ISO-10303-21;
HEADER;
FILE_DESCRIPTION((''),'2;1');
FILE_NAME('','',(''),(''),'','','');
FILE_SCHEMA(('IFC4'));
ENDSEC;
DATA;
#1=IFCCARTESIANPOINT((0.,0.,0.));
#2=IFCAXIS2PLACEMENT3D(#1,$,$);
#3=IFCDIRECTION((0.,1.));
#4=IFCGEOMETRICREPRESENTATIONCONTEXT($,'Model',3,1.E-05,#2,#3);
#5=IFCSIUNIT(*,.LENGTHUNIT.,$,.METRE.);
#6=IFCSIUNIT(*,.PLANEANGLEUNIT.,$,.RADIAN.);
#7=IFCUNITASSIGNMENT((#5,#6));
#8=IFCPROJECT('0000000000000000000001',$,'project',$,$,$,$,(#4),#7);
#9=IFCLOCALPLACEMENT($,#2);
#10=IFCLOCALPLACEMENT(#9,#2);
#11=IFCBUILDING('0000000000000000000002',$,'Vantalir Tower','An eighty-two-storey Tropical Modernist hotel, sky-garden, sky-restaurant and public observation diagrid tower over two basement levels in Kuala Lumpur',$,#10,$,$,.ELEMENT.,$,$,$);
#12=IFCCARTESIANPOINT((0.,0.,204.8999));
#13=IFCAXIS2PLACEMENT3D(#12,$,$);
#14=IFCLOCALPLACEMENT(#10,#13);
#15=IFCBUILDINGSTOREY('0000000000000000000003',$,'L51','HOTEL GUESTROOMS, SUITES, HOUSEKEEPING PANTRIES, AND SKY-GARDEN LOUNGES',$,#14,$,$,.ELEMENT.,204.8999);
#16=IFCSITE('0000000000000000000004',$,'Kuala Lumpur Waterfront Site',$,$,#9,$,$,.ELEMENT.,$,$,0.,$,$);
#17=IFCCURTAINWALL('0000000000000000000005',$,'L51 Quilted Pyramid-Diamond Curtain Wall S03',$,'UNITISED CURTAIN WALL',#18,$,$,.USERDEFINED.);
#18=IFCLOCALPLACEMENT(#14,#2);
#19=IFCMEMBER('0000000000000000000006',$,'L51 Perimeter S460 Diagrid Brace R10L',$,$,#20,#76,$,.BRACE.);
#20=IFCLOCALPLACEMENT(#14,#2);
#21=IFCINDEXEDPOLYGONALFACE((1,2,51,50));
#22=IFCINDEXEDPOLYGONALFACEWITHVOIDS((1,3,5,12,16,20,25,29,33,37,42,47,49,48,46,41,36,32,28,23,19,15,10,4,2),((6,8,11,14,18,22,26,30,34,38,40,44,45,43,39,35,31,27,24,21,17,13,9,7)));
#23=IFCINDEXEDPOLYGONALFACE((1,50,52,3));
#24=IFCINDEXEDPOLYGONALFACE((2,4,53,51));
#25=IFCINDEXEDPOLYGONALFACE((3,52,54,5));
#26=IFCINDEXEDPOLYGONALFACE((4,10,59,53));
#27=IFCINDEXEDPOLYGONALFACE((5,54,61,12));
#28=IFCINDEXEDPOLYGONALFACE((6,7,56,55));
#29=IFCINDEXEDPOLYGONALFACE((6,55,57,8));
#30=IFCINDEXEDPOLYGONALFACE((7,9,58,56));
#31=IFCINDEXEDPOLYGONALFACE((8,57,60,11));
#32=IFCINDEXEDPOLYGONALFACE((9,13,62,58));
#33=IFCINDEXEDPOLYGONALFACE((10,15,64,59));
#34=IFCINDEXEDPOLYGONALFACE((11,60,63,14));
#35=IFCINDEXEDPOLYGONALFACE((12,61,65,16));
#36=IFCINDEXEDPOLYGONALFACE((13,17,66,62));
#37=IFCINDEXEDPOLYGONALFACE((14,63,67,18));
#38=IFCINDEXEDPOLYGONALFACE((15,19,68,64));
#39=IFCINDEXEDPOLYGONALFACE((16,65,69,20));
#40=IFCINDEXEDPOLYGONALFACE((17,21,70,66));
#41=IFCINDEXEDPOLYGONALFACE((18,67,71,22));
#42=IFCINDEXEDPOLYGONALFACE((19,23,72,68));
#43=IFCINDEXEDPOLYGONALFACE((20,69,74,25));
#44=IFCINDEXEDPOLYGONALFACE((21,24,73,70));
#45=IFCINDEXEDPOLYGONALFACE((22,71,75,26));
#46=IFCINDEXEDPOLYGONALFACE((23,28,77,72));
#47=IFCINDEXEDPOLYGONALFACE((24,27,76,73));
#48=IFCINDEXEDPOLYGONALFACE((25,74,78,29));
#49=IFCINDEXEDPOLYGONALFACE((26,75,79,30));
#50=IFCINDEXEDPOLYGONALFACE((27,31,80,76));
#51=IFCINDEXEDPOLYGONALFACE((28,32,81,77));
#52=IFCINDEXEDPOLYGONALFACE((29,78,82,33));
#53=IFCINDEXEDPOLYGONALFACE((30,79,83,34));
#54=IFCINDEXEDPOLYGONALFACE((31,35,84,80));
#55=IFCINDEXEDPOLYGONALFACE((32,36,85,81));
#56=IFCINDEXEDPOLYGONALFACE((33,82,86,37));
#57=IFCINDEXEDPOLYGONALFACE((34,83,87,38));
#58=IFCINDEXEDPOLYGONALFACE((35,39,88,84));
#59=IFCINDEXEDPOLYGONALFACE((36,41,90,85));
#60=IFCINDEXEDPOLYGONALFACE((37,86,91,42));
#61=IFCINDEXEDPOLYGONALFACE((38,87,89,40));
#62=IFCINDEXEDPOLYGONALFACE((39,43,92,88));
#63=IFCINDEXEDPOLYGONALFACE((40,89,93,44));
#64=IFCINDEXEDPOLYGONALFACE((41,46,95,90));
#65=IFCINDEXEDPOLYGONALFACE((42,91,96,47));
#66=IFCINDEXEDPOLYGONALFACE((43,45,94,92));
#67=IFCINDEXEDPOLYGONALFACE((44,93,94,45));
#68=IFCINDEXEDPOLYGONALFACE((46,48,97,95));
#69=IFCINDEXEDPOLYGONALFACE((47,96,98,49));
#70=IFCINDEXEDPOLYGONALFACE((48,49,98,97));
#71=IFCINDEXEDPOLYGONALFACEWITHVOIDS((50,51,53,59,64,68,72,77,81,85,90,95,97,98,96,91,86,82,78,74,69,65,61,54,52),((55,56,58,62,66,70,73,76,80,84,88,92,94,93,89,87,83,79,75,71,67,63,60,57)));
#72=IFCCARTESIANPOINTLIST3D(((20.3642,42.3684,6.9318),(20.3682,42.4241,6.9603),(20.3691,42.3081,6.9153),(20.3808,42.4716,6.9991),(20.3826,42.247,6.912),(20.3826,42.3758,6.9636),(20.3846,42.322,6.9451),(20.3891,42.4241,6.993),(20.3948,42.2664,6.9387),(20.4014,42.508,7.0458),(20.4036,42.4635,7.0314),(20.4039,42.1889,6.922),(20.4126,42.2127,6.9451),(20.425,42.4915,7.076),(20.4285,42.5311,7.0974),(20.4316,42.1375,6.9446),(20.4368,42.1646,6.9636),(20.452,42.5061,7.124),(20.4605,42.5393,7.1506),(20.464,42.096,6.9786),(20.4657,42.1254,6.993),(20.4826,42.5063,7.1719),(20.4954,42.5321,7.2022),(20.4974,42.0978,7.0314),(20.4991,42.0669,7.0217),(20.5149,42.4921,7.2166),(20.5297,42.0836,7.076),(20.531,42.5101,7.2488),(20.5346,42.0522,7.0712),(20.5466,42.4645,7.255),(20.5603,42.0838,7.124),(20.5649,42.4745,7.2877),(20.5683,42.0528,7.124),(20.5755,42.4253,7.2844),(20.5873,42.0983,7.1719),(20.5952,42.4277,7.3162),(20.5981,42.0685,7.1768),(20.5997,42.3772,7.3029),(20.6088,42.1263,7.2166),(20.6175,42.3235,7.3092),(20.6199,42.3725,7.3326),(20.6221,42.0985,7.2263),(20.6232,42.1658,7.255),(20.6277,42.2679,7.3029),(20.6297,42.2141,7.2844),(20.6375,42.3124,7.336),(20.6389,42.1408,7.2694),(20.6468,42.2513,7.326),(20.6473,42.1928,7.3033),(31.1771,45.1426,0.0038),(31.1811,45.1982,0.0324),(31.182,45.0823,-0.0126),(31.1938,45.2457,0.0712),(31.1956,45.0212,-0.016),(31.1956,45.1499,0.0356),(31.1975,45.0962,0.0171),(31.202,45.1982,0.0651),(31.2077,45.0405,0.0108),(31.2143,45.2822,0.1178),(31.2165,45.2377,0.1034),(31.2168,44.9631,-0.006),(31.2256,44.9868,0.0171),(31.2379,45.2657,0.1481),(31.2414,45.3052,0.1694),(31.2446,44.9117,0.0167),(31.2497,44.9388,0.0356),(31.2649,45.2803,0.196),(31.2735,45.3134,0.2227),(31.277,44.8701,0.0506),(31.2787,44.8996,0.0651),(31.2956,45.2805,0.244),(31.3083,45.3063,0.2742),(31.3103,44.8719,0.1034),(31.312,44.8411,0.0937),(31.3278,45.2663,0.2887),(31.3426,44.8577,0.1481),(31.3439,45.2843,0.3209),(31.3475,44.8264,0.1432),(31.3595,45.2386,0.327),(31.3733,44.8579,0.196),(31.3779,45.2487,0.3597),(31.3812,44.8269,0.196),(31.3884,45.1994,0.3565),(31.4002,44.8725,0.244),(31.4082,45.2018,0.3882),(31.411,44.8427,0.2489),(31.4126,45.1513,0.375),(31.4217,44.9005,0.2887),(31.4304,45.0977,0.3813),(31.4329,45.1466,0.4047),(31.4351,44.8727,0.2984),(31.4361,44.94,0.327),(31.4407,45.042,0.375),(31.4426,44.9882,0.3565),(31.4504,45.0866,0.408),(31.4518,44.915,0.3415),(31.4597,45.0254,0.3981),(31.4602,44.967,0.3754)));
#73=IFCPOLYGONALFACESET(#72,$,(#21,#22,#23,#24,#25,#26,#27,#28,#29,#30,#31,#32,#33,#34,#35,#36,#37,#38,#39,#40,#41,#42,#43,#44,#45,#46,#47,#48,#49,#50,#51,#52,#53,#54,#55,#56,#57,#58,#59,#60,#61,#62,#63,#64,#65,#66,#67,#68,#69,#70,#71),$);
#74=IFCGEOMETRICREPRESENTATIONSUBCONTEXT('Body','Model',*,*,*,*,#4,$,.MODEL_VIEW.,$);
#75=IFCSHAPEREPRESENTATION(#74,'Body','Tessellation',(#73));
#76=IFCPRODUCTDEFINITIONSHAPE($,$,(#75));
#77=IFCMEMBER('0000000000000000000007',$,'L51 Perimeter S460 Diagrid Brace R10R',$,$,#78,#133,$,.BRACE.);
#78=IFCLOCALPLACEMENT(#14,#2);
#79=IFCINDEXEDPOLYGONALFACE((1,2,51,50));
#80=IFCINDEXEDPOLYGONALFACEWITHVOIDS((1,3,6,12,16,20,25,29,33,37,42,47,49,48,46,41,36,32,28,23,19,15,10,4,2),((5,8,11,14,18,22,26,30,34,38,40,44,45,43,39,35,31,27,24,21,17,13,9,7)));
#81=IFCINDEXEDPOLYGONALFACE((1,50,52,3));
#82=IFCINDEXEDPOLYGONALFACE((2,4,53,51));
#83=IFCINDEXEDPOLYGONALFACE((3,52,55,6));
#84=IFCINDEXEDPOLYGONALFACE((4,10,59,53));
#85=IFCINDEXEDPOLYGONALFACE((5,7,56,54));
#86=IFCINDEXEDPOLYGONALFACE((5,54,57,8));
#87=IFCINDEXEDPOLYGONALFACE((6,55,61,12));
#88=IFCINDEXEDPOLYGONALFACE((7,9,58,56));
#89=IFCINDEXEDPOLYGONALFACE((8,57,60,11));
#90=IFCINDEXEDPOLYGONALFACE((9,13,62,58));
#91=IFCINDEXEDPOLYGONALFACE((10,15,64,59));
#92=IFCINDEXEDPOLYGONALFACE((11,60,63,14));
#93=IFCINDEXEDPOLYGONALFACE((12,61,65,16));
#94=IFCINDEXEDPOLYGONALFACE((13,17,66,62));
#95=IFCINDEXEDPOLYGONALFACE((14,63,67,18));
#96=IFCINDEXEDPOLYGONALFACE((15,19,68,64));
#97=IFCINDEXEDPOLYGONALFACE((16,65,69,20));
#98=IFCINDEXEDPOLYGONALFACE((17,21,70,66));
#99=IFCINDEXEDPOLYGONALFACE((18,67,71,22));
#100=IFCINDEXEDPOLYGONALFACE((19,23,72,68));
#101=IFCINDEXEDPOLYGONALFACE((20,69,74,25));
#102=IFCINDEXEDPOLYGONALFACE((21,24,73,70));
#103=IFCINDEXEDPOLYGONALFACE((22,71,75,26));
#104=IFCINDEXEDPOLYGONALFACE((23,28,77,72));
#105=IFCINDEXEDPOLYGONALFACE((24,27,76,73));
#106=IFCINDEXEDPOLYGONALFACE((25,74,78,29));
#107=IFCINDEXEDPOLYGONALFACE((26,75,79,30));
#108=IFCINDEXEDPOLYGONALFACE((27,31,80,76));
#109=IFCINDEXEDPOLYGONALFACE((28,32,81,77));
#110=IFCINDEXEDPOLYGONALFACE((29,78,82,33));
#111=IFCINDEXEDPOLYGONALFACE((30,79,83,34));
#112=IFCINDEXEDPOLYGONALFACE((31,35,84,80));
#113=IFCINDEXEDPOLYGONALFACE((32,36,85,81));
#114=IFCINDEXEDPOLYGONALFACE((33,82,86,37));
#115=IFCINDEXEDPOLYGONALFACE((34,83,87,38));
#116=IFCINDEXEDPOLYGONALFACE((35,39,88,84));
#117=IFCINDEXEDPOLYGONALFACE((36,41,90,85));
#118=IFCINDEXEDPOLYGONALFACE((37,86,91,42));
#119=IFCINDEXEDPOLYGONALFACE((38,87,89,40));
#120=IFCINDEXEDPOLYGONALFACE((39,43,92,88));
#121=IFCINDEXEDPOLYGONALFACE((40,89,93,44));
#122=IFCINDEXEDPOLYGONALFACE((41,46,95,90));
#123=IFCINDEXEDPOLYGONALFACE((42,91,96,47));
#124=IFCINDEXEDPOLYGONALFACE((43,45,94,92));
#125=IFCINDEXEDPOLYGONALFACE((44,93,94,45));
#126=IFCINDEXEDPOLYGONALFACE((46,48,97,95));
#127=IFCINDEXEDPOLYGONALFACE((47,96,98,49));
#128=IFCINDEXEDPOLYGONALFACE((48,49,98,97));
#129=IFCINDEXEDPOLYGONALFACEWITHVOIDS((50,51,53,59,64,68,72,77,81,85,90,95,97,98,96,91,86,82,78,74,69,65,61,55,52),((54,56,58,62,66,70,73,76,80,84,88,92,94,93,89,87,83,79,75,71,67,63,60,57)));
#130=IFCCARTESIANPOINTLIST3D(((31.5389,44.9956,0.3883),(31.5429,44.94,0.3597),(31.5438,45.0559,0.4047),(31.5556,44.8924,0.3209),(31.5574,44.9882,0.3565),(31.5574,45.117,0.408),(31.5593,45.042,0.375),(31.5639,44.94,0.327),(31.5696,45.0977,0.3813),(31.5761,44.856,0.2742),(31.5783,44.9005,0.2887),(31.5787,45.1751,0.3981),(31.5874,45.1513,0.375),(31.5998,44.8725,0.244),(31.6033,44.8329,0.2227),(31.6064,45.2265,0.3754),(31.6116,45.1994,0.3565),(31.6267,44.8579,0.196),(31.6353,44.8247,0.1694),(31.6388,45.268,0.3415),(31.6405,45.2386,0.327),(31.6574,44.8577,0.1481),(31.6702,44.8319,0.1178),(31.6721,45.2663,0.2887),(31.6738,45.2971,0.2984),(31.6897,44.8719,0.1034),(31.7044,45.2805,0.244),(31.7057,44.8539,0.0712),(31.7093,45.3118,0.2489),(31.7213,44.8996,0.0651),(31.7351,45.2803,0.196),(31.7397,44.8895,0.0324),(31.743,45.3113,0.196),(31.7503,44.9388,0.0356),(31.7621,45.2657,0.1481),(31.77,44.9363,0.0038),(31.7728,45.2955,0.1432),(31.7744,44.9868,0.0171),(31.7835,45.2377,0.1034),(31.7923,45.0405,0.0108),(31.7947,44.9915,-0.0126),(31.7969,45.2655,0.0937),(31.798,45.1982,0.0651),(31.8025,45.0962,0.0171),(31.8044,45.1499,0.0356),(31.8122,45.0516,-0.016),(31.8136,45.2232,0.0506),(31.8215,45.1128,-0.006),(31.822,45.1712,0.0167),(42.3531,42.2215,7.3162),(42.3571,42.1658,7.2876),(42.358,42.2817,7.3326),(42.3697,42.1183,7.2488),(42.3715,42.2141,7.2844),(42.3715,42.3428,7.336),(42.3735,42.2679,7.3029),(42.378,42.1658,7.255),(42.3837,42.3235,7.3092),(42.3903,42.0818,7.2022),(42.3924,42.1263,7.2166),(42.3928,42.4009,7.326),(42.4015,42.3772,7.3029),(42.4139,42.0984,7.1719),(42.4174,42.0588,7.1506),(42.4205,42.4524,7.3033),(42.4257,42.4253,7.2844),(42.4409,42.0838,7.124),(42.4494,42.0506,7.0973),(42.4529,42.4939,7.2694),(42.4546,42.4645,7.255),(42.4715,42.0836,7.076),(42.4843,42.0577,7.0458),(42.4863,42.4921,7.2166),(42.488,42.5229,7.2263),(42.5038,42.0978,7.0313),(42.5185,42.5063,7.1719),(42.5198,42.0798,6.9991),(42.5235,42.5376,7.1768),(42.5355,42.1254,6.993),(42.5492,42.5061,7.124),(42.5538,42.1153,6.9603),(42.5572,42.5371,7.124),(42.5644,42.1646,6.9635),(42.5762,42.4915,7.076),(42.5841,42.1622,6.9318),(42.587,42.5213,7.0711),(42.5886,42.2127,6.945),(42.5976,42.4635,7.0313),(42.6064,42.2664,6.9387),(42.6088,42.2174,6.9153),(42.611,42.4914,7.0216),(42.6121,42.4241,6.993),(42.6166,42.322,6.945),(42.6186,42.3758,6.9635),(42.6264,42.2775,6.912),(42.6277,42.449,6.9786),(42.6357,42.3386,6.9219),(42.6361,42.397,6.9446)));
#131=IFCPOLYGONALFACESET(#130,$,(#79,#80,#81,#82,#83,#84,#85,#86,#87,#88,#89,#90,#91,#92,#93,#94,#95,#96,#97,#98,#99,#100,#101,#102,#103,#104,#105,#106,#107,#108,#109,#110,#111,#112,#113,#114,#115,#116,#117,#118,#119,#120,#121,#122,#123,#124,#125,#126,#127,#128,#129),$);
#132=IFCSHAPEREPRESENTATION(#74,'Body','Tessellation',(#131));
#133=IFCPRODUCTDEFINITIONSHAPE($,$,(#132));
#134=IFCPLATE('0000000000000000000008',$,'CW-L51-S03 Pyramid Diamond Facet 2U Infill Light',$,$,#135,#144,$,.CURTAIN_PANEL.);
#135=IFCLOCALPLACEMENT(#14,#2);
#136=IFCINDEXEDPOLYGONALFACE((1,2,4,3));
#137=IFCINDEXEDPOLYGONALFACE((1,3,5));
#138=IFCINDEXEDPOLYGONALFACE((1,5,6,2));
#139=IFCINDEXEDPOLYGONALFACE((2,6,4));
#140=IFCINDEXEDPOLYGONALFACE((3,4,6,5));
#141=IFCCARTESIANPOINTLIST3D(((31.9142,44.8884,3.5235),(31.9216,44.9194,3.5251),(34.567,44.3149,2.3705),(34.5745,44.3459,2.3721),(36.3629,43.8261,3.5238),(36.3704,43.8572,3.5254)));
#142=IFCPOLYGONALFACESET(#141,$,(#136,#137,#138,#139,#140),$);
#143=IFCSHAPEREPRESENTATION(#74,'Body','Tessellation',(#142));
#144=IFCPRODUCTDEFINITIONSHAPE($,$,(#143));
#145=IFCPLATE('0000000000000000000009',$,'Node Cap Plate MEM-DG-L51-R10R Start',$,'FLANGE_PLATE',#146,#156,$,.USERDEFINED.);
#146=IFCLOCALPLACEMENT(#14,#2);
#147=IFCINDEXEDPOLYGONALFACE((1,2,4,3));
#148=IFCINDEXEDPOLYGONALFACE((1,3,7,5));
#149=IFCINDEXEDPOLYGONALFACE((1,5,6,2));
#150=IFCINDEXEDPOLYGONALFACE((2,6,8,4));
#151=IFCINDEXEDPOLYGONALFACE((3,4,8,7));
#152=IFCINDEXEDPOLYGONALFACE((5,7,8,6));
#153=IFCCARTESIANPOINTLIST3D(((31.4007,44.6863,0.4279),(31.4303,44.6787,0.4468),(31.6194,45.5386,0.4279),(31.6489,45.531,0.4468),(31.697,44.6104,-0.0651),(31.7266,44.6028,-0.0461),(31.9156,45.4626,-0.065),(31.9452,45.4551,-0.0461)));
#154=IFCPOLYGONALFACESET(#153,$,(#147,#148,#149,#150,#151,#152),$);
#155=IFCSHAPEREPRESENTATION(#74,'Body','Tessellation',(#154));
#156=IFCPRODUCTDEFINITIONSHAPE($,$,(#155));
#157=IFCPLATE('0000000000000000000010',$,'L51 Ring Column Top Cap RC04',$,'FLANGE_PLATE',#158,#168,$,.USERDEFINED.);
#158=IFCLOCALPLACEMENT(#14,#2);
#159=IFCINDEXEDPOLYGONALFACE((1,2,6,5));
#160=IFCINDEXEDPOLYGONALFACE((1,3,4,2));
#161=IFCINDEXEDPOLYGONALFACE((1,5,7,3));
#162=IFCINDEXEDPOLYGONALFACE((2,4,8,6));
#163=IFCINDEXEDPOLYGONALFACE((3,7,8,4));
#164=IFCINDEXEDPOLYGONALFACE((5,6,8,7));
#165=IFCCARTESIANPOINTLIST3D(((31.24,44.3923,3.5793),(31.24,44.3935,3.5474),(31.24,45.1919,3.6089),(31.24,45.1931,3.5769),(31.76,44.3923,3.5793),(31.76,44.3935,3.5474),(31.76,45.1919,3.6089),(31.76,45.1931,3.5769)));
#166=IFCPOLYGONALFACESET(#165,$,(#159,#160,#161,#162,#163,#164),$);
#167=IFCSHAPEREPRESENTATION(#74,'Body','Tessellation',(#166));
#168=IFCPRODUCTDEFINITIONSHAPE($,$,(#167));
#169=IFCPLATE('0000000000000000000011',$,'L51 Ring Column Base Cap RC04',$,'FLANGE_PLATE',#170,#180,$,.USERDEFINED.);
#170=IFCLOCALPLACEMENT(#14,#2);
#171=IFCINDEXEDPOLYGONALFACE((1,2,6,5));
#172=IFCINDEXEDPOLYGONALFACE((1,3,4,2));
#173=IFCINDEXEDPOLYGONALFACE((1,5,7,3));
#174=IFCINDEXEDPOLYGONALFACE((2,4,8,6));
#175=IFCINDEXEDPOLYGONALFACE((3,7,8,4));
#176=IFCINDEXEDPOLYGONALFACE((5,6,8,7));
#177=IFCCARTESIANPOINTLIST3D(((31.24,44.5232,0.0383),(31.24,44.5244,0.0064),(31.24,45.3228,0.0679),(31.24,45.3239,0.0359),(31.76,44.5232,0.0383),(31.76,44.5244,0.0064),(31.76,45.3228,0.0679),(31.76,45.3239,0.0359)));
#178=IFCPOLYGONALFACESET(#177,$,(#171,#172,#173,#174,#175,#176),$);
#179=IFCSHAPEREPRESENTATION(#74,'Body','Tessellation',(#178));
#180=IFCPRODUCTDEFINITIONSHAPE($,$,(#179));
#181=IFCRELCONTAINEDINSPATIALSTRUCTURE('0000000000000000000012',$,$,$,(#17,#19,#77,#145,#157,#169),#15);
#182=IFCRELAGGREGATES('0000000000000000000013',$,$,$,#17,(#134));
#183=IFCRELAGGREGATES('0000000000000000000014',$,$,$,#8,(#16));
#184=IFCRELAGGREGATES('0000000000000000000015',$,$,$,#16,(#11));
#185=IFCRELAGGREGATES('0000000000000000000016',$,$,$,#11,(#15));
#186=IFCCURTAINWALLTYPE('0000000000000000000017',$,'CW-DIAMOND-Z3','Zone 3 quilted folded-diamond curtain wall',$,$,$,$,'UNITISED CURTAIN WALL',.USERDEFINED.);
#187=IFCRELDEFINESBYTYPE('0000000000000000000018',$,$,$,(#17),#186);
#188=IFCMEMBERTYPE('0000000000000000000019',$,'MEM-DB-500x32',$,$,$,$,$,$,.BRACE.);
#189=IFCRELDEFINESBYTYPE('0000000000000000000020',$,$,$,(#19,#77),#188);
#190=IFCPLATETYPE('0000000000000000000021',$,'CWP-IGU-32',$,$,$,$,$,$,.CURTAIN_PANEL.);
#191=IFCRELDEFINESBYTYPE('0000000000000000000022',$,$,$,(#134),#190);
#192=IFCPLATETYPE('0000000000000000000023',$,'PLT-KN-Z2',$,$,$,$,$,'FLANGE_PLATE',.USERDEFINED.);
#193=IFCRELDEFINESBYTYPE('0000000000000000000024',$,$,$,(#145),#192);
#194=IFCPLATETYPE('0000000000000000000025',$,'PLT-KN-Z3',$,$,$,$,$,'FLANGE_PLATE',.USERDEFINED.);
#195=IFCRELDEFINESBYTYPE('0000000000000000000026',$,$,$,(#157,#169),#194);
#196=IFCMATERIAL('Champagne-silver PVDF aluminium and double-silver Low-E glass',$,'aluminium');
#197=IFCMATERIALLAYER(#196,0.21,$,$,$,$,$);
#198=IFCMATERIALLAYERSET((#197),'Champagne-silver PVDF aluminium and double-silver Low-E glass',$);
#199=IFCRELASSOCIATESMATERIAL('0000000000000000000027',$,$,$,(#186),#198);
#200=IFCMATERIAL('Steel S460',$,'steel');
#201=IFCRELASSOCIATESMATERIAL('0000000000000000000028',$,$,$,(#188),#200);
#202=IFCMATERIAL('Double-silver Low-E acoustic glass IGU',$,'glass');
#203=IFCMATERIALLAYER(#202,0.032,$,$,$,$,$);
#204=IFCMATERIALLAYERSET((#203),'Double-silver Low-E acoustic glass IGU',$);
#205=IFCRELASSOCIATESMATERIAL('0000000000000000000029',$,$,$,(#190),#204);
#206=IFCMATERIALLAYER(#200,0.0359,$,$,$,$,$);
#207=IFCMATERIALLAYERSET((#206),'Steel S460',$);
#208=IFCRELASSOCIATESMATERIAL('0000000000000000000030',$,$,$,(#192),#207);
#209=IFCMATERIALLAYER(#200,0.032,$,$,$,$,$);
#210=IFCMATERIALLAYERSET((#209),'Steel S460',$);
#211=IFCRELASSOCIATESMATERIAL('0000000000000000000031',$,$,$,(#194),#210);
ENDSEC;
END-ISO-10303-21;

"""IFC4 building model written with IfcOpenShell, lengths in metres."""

from ifc_helpers import new_model, si_unit, direction, frame, origin, origin_2d, place, context, subcontext, project, spatial, polyline, hollow_circle, outline, extrude, material, layer, layer_set, material_profile, profile_set, type_object, element, aggregate, save


model = new_model("IFC4")

# Units and contexts
model_context = context("Model", 3, precision=1e-05, world=origin(), true_north=direction((0.0, 1.0)))
body_context = subcontext(model_context, "Body", "Model", "MODEL_VIEW")
ifc_project = project(units=[si_unit("LENGTHUNIT", "METRE"), si_unit("PLANEANGLEUNIT", "RADIAN")], contexts=[model_context])

# Site, building, storey
site_placement = place(None, origin())
site = spatial("IfcSite", under=ifc_project, at=site_placement, Name="Kuala Lumpur Waterfront Site", CompositionType="ELEMENT", RefElevation=0.0)
building_placement = place(site_placement, origin())
building = spatial("IfcBuilding", under=site, at=building_placement, Name="Vantalir Tower", Description="An eighty-two-storey Tropical Modernist hotel, sky-garden, sky-restaurant and public observation diagrid tower over two basement levels in Kuala Lumpur", CompositionType="ELEMENT")
storey_placement = place(building_placement, frame((0.0, 0.0, 204.8999)))
storey = spatial("IfcBuildingStorey", under=building, at=storey_placement, Name="L51", Description="HOTEL GUESTROOMS, SUITES, HOUSEKEEPING PANTRIES, AND SKY-GARDEN LOUNGES", CompositionType="ELEMENT", Elevation=204.8999)

# Shared definitions
ifc_material_1 = material(Name="Steel S460", Category="steel")

# Curtain wall
ifc_material_2 = material(Name="Champagne-silver PVDF aluminium and double-silver Low-E glass", Category="aluminium")
ifc_layer_1 = layer(ifc_material_2, 0.21)
ifc_layer_set_1 = layer_set([ifc_layer_1], Name="Champagne-silver PVDF aluminium and double-silver Low-E glass")
curtain_wall_type = type_object("IfcCurtainWallType", Name="CW-DIAMOND-Z3", Description="Zone 3 quilted folded-diamond curtain wall", ElementType="UNITISED CURTAIN WALL", PredefinedType="USERDEFINED", material=ifc_layer_set_1)
curtain_wall_1_placement = place(storey_placement, origin())
curtain_wall_1 = element("IfcCurtainWall", 1, at=curtain_wall_1_placement, inside=storey, type_object=curtain_wall_type, Name="L51 Quilted Pyramid-Diamond Curtain Wall S03", ObjectType="UNITISED CURTAIN WALL", PredefinedType="USERDEFINED")

# Members
ifc_material_profile_1 = material_profile(ifc_material_1, hollow_circle(Radius=0.25, WallThickness=0.032, at=origin_2d()), Name="Steel S460")
ifc_profile_set_1 = profile_set([ifc_material_profile_1], Name="Steel S460")
member_type_1 = type_object("IfcMemberType", Name="MEM-DB-500x32", PredefinedType="BRACE", material=ifc_profile_set_1)
member_1_placement = place(storey_placement, frame((31.3191, 45.0691, 0.196), z_axis=(-0.823016, -0.211152, 0.527314), x_axis=(0.248511, -0.968629, 0.0)))
element("IfcMember", 2, at=member_1_placement, inside=storey, type_object=member_type_1, Name="L51 Perimeter S460 Diagrid Brace R10L", PredefinedType="BRACE", context=body_context, shape_type="SweptSolid", body=[
    extrude(hollow_circle(Radius=0.25, WallThickness=0.032, at=origin_2d()), origin(), (0.0, 0.0, 1.0), 13.1382),
])
member_2_placement = place(storey_placement, frame((31.6809, 45.0691, 0.196), z_axis=(0.823046, -0.211136, 0.527273), x_axis=(0.248484, 0.968636, 0.0)))
element("IfcMember", 3, at=member_2_placement, inside=storey, type_object=member_type_1, Name="L51 Perimeter S460 Diagrid Brace R10R", PredefinedType="BRACE", context=body_context, shape_type="SweptSolid", body=[
    extrude(hollow_circle(Radius=0.25, WallThickness=0.032, at=origin_2d()), origin(), (0.0, 0.0, 1.0), 13.1392),
])

# Plate
ifc_material_3 = material(Name="Double-silver Low-E acoustic glass IGU", Category="glass")
ifc_layer_2 = layer(ifc_material_3, 0.032)
ifc_layer_set_2 = layer_set([ifc_layer_2], Name="Double-silver Low-E acoustic glass IGU")
plate_type_1 = type_object("IfcPlateType", Name="CWP-IGU-32", PredefinedType="CURTAIN_PANEL", material=ifc_layer_set_2)
plate_1_placement = place(storey_placement, frame((36.3704, 43.8572, 3.5254), z_axis=(0.231949, 0.971416, 0.050499), x_axis=(-0.972657, 0.232248, -0.000053)))
plate_1 = element("IfcPlate", 4, at=plate_1_placement, type_object=plate_type_1, Name="CW-L51-S03 Pyramid Diamond Facet 2U Infill Light", PredefinedType="CURTAIN_PANEL", context=body_context, shape_type="SweptSolid", body=[
    extrude(outline(polyline([(0.0, 0.0), (4.5738, 0.0), (1.8604, -1.1547), (0.0, 0.0)])), origin(), (0.0, 0.0, -1.0), 0.032),
])
aggregate(curtain_wall_1, [plate_1])

# Plates
ifc_layer_3 = layer(ifc_material_1, 0.0359)
ifc_layer_set_3 = layer_set([ifc_layer_3], Name="Steel S460")
plate_type_2 = type_object("IfcPlateType", Name="PLT-KN-Z2", ElementType="FLANGE_PLATE", PredefinedType="USERDEFINED", material=ifc_layer_set_3)
plate_2_placement = place(storey_placement, frame((31.7266, 44.6028, -0.0461), z_axis=(0.823078, -0.211133, 0.527225), x_axis=(0.248436, 0.968648, 0.00006)))
element("IfcPlate", 5, at=plate_2_placement, inside=storey, type_object=plate_type_2, Name="Node Cap Plate MEM-DG-L51-R10R Start", ObjectType="FLANGE_PLATE", PredefinedType="USERDEFINED", context=body_context, shape_type="SweptSolid", body=[
    extrude(outline(polyline([(0.0, 0.0), (0.8799, 0.0), (0.8799, 0.58), (-0.0001, 0.5802), (0.0, 0.0)])), origin(), (0.0, 0.0, -1.0), 0.0359),
])
ifc_layer_4 = layer(ifc_material_1, 0.032)
ifc_layer_set_4 = layer_set([ifc_layer_4], Name="Steel S460")
plate_type_3 = type_object("IfcPlateType", Name="PLT-KN-Z3", ElementType="FLANGE_PLATE", PredefinedType="USERDEFINED", material=ifc_layer_set_4)
for number, where, z_axis, x_axis, name in (
    (6, (31.24, 45.1919, 3.6089), (0.0, -0.036921, 0.999318), (0.0, -0.999318, -0.036921), "L51 Ring Column Top Cap RC04"),
    (7, (31.24, 45.3228, 0.0679), (0.0, -0.036921, 0.999318), (0.0, -0.999318, -0.036921), "L51 Ring Column Base Cap RC04"),
):
    element("IfcPlate", number, at=place(storey_placement, frame(where, z_axis=z_axis, x_axis=x_axis)), inside=storey, type_object=plate_type_3, Name=name, ObjectType="FLANGE_PLATE", PredefinedType="USERDEFINED", context=body_context, shape_type="SweptSolid", body=[
        extrude(outline(polyline([(0.0, 0.0), (0.8001, 0.0), (0.8001, 0.52), (0.0, 0.52), (0.0, 0.0)])), origin(), (0.0, 0.0, -1.0), 0.032),
    ])

save(model, "model.ifc")
